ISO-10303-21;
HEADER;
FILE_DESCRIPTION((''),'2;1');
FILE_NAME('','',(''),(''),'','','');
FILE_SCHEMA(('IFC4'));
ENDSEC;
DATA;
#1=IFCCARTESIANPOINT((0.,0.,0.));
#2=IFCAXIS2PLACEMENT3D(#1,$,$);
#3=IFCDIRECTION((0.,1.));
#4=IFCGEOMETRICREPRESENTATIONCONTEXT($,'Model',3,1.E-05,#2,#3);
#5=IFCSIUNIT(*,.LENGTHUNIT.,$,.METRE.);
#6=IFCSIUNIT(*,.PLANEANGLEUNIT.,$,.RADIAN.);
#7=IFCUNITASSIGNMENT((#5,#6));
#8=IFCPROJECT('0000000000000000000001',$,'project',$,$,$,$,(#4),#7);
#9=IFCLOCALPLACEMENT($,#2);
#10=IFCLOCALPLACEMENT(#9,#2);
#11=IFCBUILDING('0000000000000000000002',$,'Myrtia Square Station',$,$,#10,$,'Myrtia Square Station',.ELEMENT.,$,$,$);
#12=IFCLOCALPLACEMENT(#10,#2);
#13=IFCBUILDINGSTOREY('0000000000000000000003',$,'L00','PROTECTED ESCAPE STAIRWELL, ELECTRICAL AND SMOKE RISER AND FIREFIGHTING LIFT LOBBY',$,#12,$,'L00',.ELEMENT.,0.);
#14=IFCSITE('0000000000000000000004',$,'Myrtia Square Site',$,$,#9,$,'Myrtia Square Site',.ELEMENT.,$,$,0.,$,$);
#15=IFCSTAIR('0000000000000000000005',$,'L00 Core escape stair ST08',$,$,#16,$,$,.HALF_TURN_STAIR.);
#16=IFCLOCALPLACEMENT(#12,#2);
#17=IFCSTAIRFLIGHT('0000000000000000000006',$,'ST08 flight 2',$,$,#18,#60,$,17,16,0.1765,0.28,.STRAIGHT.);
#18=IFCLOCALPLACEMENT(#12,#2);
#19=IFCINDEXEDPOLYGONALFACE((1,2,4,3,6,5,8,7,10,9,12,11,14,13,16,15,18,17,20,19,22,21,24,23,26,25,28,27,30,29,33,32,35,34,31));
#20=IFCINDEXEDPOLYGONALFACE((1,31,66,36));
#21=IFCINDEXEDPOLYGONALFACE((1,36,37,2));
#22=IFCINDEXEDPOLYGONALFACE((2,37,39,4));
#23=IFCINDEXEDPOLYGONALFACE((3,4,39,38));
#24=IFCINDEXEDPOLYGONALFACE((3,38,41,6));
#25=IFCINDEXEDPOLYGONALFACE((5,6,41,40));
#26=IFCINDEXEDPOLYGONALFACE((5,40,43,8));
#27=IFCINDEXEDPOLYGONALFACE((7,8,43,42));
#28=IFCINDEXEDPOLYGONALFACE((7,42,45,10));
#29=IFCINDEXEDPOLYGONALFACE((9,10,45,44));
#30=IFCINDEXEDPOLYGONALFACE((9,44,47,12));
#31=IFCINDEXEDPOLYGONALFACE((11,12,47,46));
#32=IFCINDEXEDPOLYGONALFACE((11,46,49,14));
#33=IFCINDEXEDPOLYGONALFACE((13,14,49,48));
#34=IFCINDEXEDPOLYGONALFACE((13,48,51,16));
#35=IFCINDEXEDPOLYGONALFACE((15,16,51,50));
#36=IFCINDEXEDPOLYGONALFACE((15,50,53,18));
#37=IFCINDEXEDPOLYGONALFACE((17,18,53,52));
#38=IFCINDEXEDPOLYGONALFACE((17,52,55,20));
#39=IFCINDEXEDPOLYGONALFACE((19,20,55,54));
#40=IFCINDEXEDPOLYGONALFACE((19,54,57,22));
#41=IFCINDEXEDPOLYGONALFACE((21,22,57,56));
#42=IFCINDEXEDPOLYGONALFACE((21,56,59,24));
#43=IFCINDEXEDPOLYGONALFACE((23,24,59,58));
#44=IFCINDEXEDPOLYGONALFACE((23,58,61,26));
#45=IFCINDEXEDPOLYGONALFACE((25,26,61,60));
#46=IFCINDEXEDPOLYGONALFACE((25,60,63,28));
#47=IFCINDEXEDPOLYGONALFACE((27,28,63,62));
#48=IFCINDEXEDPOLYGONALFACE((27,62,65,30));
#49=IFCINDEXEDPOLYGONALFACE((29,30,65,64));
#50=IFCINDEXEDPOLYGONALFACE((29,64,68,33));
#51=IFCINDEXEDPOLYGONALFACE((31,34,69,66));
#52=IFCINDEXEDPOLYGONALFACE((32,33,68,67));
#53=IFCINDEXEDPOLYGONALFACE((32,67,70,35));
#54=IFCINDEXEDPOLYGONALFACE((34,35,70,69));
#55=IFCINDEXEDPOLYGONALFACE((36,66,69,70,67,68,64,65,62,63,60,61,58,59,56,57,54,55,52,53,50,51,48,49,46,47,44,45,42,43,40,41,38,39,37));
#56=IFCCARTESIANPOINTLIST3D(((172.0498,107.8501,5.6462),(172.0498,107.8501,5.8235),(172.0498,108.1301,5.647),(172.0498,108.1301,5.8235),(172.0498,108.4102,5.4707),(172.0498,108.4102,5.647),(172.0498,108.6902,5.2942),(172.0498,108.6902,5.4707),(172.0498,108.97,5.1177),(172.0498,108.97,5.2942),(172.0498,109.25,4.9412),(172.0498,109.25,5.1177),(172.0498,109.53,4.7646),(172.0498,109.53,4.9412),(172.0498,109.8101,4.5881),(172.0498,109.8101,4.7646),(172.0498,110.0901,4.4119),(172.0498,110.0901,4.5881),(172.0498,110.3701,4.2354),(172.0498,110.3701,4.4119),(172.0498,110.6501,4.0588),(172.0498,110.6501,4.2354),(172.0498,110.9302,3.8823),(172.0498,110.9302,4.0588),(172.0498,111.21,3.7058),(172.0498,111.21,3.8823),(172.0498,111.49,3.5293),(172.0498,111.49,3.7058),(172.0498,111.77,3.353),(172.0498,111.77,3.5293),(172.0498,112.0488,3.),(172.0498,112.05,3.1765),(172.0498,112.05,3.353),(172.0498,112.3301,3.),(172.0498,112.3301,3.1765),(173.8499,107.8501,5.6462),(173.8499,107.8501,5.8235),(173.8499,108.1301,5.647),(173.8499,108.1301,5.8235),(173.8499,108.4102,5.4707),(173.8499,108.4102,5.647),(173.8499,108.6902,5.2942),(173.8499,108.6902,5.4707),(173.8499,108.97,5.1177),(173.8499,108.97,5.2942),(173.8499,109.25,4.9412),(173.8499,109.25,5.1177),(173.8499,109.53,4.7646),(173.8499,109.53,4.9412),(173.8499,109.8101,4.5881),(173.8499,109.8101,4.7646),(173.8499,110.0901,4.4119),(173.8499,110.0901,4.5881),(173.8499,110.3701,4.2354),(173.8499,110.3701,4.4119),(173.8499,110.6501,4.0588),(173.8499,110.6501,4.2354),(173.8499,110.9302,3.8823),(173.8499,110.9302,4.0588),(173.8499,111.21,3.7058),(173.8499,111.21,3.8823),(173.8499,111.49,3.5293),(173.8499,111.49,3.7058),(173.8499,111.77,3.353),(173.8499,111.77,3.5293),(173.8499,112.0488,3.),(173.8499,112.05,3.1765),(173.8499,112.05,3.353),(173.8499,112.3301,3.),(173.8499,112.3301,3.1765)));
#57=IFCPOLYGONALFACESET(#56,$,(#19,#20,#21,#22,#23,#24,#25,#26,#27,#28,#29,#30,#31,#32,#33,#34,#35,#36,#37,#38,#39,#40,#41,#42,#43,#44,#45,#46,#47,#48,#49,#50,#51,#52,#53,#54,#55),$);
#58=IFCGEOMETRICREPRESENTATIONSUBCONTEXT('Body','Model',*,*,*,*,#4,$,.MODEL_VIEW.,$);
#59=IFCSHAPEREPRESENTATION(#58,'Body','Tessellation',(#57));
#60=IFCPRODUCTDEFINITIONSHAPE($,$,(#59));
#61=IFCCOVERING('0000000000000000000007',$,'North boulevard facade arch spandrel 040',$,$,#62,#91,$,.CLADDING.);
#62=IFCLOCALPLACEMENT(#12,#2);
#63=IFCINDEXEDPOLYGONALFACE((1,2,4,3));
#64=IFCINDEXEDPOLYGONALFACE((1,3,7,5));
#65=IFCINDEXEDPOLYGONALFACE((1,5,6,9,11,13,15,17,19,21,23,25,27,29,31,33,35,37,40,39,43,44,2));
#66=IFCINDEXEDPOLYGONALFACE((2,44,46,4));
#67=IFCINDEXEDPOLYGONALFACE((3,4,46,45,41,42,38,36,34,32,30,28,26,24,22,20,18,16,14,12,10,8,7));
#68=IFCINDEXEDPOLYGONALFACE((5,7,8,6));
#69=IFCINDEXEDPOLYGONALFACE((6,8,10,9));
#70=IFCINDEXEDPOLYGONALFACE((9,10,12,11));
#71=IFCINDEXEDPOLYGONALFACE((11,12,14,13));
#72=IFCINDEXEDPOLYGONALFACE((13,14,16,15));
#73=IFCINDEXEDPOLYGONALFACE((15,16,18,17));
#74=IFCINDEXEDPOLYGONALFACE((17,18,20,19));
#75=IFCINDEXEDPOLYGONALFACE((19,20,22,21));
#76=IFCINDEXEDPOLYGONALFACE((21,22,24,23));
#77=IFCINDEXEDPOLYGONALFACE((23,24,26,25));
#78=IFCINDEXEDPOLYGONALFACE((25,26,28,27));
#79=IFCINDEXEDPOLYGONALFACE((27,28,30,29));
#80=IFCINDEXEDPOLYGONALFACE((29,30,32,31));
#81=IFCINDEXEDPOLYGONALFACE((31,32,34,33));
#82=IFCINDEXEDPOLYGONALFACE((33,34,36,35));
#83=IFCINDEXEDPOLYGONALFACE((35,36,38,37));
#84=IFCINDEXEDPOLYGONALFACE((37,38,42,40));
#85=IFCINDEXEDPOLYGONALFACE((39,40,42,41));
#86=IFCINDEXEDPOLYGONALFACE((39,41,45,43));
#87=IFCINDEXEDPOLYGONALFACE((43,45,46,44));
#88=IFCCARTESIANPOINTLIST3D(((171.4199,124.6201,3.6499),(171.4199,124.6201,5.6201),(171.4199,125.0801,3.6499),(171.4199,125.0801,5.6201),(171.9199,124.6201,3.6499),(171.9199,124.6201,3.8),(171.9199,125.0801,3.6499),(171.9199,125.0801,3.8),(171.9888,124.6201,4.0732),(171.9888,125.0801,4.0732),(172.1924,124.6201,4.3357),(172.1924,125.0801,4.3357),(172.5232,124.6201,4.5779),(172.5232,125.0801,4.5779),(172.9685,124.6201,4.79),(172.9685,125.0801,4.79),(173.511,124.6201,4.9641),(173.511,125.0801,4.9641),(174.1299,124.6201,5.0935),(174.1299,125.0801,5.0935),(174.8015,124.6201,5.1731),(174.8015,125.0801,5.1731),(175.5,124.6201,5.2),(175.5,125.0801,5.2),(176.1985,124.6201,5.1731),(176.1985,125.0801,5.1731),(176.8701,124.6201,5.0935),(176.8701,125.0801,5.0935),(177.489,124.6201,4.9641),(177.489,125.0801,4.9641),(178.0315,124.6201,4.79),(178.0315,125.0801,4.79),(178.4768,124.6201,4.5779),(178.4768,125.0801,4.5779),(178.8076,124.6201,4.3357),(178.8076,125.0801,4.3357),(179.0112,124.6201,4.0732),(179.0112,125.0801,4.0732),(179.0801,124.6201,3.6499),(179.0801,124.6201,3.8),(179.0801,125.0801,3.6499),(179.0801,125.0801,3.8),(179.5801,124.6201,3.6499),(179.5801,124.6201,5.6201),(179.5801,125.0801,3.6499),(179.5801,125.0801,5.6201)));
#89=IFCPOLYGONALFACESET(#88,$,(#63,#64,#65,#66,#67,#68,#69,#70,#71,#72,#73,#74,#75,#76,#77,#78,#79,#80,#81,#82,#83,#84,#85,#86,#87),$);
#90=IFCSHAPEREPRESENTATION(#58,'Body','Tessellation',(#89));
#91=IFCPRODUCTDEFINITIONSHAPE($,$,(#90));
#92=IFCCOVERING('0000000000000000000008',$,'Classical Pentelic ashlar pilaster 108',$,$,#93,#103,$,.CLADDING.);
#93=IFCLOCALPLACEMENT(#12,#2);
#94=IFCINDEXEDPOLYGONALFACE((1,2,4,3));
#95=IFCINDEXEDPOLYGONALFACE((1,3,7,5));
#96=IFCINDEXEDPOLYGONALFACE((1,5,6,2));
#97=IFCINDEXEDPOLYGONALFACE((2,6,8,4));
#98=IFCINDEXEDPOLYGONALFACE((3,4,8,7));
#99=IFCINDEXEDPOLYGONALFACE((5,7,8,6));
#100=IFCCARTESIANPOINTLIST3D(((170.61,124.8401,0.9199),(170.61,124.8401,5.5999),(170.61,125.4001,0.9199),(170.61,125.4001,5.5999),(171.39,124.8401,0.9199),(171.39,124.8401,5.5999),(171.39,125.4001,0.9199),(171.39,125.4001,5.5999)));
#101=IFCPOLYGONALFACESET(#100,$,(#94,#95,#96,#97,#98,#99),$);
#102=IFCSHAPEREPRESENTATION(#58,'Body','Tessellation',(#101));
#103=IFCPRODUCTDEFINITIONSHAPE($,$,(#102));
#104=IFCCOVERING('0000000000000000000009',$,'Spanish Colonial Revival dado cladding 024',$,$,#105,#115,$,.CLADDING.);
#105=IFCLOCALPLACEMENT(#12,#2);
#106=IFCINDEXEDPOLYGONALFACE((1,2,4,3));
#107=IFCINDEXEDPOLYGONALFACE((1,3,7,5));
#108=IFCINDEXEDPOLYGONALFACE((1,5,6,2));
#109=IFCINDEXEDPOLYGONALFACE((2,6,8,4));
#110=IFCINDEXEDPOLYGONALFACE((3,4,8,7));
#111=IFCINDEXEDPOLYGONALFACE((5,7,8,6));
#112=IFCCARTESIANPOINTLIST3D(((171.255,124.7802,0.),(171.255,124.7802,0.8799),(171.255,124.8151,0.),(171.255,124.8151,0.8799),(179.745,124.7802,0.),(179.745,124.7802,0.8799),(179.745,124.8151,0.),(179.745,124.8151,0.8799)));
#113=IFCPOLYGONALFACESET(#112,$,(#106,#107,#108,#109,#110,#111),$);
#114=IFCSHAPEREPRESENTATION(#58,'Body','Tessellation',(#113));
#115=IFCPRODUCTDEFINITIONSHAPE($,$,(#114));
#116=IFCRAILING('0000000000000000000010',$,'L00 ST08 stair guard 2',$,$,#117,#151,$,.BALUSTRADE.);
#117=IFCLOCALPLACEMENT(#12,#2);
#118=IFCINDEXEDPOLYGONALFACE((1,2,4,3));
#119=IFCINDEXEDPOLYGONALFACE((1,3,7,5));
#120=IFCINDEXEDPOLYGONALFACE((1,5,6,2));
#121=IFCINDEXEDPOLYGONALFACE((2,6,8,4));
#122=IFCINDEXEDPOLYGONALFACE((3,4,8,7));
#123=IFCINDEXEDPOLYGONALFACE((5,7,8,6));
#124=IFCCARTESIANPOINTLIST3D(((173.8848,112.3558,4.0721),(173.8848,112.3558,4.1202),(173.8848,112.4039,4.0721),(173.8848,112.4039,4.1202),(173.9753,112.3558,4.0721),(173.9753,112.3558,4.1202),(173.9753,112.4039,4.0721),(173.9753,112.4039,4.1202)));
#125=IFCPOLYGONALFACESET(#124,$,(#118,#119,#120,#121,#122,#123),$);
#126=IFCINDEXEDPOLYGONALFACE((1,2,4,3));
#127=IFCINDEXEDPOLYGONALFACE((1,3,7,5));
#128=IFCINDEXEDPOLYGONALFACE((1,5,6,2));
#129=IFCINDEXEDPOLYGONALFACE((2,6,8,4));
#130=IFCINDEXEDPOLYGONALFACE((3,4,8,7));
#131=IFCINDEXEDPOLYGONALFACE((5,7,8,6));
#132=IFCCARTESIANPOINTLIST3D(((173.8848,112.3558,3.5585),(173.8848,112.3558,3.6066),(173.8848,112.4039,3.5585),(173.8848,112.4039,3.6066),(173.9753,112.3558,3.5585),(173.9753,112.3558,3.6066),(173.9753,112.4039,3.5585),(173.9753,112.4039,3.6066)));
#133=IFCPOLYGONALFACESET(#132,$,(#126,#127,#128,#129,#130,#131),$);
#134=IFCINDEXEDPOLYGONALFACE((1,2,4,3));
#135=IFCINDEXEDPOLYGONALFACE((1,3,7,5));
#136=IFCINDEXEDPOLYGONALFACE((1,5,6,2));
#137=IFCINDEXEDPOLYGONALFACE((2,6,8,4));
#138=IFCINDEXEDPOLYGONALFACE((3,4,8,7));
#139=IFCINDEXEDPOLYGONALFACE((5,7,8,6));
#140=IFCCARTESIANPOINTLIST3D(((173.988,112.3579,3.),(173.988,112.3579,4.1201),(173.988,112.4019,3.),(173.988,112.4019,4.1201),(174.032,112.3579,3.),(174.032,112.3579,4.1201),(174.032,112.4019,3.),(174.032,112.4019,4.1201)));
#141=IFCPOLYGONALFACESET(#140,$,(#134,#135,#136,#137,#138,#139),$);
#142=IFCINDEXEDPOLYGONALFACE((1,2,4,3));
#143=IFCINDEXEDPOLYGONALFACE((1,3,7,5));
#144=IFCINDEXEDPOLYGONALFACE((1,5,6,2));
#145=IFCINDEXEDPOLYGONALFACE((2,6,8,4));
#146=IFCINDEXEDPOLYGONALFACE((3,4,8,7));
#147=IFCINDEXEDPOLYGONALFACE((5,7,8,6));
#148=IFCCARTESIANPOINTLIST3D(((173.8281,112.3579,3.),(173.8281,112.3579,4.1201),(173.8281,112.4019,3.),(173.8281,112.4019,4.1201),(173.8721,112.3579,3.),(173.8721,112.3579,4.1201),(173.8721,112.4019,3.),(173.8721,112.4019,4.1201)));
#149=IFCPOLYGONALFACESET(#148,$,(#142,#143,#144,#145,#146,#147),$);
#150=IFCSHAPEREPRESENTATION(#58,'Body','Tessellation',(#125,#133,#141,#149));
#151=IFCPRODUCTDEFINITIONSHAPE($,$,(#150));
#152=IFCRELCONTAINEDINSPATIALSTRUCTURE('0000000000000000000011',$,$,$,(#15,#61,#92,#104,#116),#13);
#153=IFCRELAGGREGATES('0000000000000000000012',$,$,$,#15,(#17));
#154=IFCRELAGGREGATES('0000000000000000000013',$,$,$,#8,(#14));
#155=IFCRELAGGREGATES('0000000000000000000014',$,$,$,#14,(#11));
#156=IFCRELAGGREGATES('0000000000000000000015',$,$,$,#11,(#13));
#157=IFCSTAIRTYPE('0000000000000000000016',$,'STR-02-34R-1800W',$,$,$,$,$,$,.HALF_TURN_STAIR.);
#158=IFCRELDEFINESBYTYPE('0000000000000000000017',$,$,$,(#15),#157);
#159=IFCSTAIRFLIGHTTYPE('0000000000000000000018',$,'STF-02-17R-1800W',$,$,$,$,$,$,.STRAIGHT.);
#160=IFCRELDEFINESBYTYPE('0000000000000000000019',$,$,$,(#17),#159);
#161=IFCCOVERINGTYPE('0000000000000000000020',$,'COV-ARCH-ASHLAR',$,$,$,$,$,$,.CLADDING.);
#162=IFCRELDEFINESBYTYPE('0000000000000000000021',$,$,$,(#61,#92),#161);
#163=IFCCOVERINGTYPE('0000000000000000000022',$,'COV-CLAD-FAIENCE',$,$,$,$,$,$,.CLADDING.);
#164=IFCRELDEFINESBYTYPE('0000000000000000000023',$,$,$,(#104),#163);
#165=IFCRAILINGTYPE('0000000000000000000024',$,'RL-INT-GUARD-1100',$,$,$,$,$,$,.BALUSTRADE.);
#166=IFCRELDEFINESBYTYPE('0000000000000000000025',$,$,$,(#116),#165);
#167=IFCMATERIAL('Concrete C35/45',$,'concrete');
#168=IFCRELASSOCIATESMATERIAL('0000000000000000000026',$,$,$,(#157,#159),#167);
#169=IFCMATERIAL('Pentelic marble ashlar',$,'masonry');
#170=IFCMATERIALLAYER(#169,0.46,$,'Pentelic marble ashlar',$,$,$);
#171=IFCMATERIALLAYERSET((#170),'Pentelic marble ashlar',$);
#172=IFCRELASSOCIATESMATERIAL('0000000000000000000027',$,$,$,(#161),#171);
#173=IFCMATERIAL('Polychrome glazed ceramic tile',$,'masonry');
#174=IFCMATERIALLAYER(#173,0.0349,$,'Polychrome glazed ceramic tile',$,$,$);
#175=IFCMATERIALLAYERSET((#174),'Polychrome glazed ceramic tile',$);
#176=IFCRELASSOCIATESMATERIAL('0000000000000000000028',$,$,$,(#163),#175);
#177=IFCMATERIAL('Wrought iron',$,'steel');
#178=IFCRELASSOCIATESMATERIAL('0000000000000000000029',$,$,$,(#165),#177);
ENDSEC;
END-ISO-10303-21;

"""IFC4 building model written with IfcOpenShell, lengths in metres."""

from ifc_helpers import new_model, si_unit, direction, frame, origin, origin_2d, place, context, subcontext, project, spatial, polyline, rectangle, outline, extrude, material, layer, layer_set, type_object, element, aggregate, save


model = new_model("IFC4")

# Units and contexts
model_context = context("Model", 3, precision=1e-05, world=origin(), true_north=direction((0.0, 1.0)))
body_context = subcontext(model_context, "Body", "Model", "MODEL_VIEW")
ifc_project = project(units=[si_unit("LENGTHUNIT", "METRE"), si_unit("PLANEANGLEUNIT", "RADIAN")], contexts=[model_context])

# Site, building, storey
site_placement = place(None, origin())
site = spatial("IfcSite", under=ifc_project, at=site_placement, Name="Myrtia Square Site", LongName="Myrtia Square Site", CompositionType="ELEMENT", RefElevation=0.0)
building_placement = place(site_placement, origin())
building = spatial("IfcBuilding", under=site, at=building_placement, Name="Myrtia Square Station", LongName="Myrtia Square Station", CompositionType="ELEMENT")
storey_placement = place(building_placement, origin())
storey = spatial("IfcBuildingStorey", under=building, at=storey_placement, Name="L00", Description="PROTECTED ESCAPE STAIRWELL, ELECTRICAL AND SMOKE RISER AND FIREFIGHTING LIFT LOBBY", LongName="L00", CompositionType="ELEMENT", Elevation=0.0)

# Shared definitions
ifc_material_1 = material(Name="Concrete C35/45", Category="concrete")

# Stair, stair flight
stair_type = type_object("IfcStairType", Name="STR-02-34R-1800W", PredefinedType="HALF_TURN_STAIR", material=ifc_material_1)
stair_placement = place(storey_placement, origin())
stair = element("IfcStair", 1, at=stair_placement, inside=storey, type_object=stair_type, Name="L00 Core escape stair ST08", PredefinedType="HALF_TURN_STAIR")
stair_flight_type = type_object("IfcStairFlightType", Name="STF-02-17R-1800W", PredefinedType="STRAIGHT", material=ifc_material_1)
stair_flight_placement = place(storey_placement, frame((172.95, 112.3301, 3.0), z_axis=(0.0, 0.0, 1.0), x_axis=(0.0, -1.0, 0.0)))
stair_flight = element("IfcStairFlight", 2, at=stair_flight_placement, type_object=stair_flight_type, Name="ST08 flight 2", NumberOfRisers=17, NumberOfTreads=16, PredefinedType="STRAIGHT", RiserHeight=0.1765, TreadLength=0.28, context=body_context, shape_type="SweptSolid", body=[
    extrude(outline(polyline([(0.0, 0.0), (0.0, 0.1765), (0.28, 0.1765), (0.28, 0.353), (0.5601, 0.353), (0.5601, 0.5293), (0.8401, 0.5293), (0.8401, 0.7058), (1.1201, 0.7058), (1.1201, 0.8823), (1.3999, 0.8823), (1.3999, 1.0588), (1.6799, 1.0588), (1.6799, 1.2354), (1.96, 1.2354), (1.96, 1.4119), (2.24, 1.4119), (2.24, 1.5881), (2.52, 1.5881), (2.52, 1.7646), (2.8, 1.7646), (2.8, 1.9412), (3.0801, 1.9412), (3.0801, 2.1177), (3.3601, 2.1177), (3.3601, 2.2942), (3.6399, 2.2942), (3.6399, 2.4707), (3.9199, 2.4707), (3.9199, 2.647), (4.2, 2.647), (4.2, 2.8235), (4.48, 2.8235), (4.48, 3.0), (4.48, 2.6462), (0.2812, 0.0), (0.0, 0.0)])), frame((0.0, 0.8999, 0.0), z_axis=(0.0, -1.0, 0.0), x_axis=(1.0, 0.0, 0.0)), (0.0, 0.0, 1.0), 1.8),
])
aggregate(stair, [stair_flight])

# Coverings
ifc_material_2 = material(Name="Pentelic marble ashlar", Category="masonry")
ifc_layer_1 = layer(ifc_material_2, 0.46, Name="Pentelic marble ashlar")
ifc_layer_set_1 = layer_set([ifc_layer_1], Name="Pentelic marble ashlar")
covering_type_1 = type_object("IfcCoveringType", Name="COV-ARCH-ASHLAR", PredefinedType="CLADDING", material=ifc_layer_set_1)
covering_1_placement = place(storey_placement, frame((171.4199, 124.8501, 3.6499), z_axis=(0.0, 0.0, 1.0), x_axis=(1.0, 0.0, 0.0)))
element("IfcCovering", 3, at=covering_1_placement, inside=storey, type_object=covering_type_1, Name="North boulevard facade arch spandrel 040", PredefinedType="CLADDING", context=body_context, shape_type="SweptSolid", body=[
    extrude(outline(polyline([(0.0, 0.0), (0.5, 0.0), (0.5, 0.1501), (0.5688, 0.4233), (0.7725, 0.6858), (1.1033, 0.928), (1.5486, 1.1401), (2.0911, 1.3142), (2.71, 1.4436), (3.3816, 1.5232), (4.0801, 1.55), (4.7786, 1.5232), (5.4502, 1.4436), (6.0691, 1.3142), (6.6116, 1.1401), (7.0569, 0.928), (7.3877, 0.6858), (7.5913, 0.4233), (7.6602, 0.1501), (7.6602, 0.0), (8.1602, 0.0), (8.1602, 1.9702), (0.0, 1.9702), (0.0, 0.0)])), frame((0.0, 0.23, 0.0), z_axis=(0.0, -1.0, 0.0), x_axis=(1.0, 0.0, 0.0)), (0.0, 0.0, 1.0), 0.46),
])
covering_2_placement = place(storey_placement, frame((171.0, 125.1201, 0.9199), z_axis=(0.0, 0.0, 1.0), x_axis=(1.0, 0.0, 0.0)))
element("IfcCovering", 4, at=covering_2_placement, inside=storey, type_object=covering_type_1, Name="Classical Pentelic ashlar pilaster 108", PredefinedType="CLADDING", context=body_context, shape_type="SweptSolid", body=[
    extrude(rectangle(XDim=0.78, YDim=0.5601, at=origin_2d()), origin(), (0.0, 0.0, 1.0), 4.6799),
])
ifc_material_3 = material(Name="Polychrome glazed ceramic tile", Category="masonry")
ifc_layer_2 = layer(ifc_material_3, 0.0349, Name="Polychrome glazed ceramic tile")
ifc_layer_set_2 = layer_set([ifc_layer_2], Name="Polychrome glazed ceramic tile")
covering_type_2 = type_object("IfcCoveringType", Name="COV-CLAD-FAIENCE", PredefinedType="CLADDING", material=ifc_layer_set_2)
covering_3_placement = place(storey_placement, frame((175.5, 124.7976, 0.0), z_axis=(0.0, 0.0, 1.0), x_axis=(1.0, 0.0, 0.0)))
element("IfcCovering", 5, at=covering_3_placement, inside=storey, type_object=covering_type_2, Name="Spanish Colonial Revival dado cladding 024", PredefinedType="CLADDING", context=body_context, shape_type="SweptSolid", body=[
    extrude(rectangle(XDim=8.49, YDim=0.0349, at=origin_2d()), origin(), (0.0, 0.0, 1.0), 0.8799),
])

# Railing
ifc_material_4 = material(Name="Wrought iron", Category="steel")
railing_type = type_object("IfcRailingType", Name="RL-INT-GUARD-1100", PredefinedType="BALUSTRADE", material=ifc_material_4)
railing_1_placement = place(storey_placement, frame((174.01, 112.3799, 3.0)))
element("IfcRailing", 6, at=railing_1_placement, inside=storey, type_object=railing_type, Name="L00 ST08 stair guard 2", PredefinedType="BALUSTRADE", context=body_context, shape_type="SweptSolid", body=[
    extrude(rectangle(XDim=0.0481, YDim=0.0481, at=origin_2d()), frame((-0.0347, 0.0, 1.0962), z_axis=(-1.0, 0.0, 0.0), x_axis=(0.0, -1.0, 0.0)), (0.0, 0.0, 1.0), 0.0906),
    extrude(rectangle(XDim=0.0481, YDim=0.0481, at=origin_2d()), frame((-0.0347, 0.0, 0.5825), z_axis=(-1.0, 0.0, 0.0), x_axis=(0.0, -1.0, 0.0)), (0.0, 0.0, 1.0), 0.0906),
    extrude(rectangle(XDim=0.0439, YDim=0.0439, at=origin_2d()), origin(), (0.0, 0.0, 1.0), 1.1201),
    extrude(rectangle(XDim=0.0439, YDim=0.0439, at=origin_2d()), frame((-0.1599, 0.0, 0.0)), (0.0, 0.0, 1.0), 1.1201),
])

save(model, "model.ifc")
